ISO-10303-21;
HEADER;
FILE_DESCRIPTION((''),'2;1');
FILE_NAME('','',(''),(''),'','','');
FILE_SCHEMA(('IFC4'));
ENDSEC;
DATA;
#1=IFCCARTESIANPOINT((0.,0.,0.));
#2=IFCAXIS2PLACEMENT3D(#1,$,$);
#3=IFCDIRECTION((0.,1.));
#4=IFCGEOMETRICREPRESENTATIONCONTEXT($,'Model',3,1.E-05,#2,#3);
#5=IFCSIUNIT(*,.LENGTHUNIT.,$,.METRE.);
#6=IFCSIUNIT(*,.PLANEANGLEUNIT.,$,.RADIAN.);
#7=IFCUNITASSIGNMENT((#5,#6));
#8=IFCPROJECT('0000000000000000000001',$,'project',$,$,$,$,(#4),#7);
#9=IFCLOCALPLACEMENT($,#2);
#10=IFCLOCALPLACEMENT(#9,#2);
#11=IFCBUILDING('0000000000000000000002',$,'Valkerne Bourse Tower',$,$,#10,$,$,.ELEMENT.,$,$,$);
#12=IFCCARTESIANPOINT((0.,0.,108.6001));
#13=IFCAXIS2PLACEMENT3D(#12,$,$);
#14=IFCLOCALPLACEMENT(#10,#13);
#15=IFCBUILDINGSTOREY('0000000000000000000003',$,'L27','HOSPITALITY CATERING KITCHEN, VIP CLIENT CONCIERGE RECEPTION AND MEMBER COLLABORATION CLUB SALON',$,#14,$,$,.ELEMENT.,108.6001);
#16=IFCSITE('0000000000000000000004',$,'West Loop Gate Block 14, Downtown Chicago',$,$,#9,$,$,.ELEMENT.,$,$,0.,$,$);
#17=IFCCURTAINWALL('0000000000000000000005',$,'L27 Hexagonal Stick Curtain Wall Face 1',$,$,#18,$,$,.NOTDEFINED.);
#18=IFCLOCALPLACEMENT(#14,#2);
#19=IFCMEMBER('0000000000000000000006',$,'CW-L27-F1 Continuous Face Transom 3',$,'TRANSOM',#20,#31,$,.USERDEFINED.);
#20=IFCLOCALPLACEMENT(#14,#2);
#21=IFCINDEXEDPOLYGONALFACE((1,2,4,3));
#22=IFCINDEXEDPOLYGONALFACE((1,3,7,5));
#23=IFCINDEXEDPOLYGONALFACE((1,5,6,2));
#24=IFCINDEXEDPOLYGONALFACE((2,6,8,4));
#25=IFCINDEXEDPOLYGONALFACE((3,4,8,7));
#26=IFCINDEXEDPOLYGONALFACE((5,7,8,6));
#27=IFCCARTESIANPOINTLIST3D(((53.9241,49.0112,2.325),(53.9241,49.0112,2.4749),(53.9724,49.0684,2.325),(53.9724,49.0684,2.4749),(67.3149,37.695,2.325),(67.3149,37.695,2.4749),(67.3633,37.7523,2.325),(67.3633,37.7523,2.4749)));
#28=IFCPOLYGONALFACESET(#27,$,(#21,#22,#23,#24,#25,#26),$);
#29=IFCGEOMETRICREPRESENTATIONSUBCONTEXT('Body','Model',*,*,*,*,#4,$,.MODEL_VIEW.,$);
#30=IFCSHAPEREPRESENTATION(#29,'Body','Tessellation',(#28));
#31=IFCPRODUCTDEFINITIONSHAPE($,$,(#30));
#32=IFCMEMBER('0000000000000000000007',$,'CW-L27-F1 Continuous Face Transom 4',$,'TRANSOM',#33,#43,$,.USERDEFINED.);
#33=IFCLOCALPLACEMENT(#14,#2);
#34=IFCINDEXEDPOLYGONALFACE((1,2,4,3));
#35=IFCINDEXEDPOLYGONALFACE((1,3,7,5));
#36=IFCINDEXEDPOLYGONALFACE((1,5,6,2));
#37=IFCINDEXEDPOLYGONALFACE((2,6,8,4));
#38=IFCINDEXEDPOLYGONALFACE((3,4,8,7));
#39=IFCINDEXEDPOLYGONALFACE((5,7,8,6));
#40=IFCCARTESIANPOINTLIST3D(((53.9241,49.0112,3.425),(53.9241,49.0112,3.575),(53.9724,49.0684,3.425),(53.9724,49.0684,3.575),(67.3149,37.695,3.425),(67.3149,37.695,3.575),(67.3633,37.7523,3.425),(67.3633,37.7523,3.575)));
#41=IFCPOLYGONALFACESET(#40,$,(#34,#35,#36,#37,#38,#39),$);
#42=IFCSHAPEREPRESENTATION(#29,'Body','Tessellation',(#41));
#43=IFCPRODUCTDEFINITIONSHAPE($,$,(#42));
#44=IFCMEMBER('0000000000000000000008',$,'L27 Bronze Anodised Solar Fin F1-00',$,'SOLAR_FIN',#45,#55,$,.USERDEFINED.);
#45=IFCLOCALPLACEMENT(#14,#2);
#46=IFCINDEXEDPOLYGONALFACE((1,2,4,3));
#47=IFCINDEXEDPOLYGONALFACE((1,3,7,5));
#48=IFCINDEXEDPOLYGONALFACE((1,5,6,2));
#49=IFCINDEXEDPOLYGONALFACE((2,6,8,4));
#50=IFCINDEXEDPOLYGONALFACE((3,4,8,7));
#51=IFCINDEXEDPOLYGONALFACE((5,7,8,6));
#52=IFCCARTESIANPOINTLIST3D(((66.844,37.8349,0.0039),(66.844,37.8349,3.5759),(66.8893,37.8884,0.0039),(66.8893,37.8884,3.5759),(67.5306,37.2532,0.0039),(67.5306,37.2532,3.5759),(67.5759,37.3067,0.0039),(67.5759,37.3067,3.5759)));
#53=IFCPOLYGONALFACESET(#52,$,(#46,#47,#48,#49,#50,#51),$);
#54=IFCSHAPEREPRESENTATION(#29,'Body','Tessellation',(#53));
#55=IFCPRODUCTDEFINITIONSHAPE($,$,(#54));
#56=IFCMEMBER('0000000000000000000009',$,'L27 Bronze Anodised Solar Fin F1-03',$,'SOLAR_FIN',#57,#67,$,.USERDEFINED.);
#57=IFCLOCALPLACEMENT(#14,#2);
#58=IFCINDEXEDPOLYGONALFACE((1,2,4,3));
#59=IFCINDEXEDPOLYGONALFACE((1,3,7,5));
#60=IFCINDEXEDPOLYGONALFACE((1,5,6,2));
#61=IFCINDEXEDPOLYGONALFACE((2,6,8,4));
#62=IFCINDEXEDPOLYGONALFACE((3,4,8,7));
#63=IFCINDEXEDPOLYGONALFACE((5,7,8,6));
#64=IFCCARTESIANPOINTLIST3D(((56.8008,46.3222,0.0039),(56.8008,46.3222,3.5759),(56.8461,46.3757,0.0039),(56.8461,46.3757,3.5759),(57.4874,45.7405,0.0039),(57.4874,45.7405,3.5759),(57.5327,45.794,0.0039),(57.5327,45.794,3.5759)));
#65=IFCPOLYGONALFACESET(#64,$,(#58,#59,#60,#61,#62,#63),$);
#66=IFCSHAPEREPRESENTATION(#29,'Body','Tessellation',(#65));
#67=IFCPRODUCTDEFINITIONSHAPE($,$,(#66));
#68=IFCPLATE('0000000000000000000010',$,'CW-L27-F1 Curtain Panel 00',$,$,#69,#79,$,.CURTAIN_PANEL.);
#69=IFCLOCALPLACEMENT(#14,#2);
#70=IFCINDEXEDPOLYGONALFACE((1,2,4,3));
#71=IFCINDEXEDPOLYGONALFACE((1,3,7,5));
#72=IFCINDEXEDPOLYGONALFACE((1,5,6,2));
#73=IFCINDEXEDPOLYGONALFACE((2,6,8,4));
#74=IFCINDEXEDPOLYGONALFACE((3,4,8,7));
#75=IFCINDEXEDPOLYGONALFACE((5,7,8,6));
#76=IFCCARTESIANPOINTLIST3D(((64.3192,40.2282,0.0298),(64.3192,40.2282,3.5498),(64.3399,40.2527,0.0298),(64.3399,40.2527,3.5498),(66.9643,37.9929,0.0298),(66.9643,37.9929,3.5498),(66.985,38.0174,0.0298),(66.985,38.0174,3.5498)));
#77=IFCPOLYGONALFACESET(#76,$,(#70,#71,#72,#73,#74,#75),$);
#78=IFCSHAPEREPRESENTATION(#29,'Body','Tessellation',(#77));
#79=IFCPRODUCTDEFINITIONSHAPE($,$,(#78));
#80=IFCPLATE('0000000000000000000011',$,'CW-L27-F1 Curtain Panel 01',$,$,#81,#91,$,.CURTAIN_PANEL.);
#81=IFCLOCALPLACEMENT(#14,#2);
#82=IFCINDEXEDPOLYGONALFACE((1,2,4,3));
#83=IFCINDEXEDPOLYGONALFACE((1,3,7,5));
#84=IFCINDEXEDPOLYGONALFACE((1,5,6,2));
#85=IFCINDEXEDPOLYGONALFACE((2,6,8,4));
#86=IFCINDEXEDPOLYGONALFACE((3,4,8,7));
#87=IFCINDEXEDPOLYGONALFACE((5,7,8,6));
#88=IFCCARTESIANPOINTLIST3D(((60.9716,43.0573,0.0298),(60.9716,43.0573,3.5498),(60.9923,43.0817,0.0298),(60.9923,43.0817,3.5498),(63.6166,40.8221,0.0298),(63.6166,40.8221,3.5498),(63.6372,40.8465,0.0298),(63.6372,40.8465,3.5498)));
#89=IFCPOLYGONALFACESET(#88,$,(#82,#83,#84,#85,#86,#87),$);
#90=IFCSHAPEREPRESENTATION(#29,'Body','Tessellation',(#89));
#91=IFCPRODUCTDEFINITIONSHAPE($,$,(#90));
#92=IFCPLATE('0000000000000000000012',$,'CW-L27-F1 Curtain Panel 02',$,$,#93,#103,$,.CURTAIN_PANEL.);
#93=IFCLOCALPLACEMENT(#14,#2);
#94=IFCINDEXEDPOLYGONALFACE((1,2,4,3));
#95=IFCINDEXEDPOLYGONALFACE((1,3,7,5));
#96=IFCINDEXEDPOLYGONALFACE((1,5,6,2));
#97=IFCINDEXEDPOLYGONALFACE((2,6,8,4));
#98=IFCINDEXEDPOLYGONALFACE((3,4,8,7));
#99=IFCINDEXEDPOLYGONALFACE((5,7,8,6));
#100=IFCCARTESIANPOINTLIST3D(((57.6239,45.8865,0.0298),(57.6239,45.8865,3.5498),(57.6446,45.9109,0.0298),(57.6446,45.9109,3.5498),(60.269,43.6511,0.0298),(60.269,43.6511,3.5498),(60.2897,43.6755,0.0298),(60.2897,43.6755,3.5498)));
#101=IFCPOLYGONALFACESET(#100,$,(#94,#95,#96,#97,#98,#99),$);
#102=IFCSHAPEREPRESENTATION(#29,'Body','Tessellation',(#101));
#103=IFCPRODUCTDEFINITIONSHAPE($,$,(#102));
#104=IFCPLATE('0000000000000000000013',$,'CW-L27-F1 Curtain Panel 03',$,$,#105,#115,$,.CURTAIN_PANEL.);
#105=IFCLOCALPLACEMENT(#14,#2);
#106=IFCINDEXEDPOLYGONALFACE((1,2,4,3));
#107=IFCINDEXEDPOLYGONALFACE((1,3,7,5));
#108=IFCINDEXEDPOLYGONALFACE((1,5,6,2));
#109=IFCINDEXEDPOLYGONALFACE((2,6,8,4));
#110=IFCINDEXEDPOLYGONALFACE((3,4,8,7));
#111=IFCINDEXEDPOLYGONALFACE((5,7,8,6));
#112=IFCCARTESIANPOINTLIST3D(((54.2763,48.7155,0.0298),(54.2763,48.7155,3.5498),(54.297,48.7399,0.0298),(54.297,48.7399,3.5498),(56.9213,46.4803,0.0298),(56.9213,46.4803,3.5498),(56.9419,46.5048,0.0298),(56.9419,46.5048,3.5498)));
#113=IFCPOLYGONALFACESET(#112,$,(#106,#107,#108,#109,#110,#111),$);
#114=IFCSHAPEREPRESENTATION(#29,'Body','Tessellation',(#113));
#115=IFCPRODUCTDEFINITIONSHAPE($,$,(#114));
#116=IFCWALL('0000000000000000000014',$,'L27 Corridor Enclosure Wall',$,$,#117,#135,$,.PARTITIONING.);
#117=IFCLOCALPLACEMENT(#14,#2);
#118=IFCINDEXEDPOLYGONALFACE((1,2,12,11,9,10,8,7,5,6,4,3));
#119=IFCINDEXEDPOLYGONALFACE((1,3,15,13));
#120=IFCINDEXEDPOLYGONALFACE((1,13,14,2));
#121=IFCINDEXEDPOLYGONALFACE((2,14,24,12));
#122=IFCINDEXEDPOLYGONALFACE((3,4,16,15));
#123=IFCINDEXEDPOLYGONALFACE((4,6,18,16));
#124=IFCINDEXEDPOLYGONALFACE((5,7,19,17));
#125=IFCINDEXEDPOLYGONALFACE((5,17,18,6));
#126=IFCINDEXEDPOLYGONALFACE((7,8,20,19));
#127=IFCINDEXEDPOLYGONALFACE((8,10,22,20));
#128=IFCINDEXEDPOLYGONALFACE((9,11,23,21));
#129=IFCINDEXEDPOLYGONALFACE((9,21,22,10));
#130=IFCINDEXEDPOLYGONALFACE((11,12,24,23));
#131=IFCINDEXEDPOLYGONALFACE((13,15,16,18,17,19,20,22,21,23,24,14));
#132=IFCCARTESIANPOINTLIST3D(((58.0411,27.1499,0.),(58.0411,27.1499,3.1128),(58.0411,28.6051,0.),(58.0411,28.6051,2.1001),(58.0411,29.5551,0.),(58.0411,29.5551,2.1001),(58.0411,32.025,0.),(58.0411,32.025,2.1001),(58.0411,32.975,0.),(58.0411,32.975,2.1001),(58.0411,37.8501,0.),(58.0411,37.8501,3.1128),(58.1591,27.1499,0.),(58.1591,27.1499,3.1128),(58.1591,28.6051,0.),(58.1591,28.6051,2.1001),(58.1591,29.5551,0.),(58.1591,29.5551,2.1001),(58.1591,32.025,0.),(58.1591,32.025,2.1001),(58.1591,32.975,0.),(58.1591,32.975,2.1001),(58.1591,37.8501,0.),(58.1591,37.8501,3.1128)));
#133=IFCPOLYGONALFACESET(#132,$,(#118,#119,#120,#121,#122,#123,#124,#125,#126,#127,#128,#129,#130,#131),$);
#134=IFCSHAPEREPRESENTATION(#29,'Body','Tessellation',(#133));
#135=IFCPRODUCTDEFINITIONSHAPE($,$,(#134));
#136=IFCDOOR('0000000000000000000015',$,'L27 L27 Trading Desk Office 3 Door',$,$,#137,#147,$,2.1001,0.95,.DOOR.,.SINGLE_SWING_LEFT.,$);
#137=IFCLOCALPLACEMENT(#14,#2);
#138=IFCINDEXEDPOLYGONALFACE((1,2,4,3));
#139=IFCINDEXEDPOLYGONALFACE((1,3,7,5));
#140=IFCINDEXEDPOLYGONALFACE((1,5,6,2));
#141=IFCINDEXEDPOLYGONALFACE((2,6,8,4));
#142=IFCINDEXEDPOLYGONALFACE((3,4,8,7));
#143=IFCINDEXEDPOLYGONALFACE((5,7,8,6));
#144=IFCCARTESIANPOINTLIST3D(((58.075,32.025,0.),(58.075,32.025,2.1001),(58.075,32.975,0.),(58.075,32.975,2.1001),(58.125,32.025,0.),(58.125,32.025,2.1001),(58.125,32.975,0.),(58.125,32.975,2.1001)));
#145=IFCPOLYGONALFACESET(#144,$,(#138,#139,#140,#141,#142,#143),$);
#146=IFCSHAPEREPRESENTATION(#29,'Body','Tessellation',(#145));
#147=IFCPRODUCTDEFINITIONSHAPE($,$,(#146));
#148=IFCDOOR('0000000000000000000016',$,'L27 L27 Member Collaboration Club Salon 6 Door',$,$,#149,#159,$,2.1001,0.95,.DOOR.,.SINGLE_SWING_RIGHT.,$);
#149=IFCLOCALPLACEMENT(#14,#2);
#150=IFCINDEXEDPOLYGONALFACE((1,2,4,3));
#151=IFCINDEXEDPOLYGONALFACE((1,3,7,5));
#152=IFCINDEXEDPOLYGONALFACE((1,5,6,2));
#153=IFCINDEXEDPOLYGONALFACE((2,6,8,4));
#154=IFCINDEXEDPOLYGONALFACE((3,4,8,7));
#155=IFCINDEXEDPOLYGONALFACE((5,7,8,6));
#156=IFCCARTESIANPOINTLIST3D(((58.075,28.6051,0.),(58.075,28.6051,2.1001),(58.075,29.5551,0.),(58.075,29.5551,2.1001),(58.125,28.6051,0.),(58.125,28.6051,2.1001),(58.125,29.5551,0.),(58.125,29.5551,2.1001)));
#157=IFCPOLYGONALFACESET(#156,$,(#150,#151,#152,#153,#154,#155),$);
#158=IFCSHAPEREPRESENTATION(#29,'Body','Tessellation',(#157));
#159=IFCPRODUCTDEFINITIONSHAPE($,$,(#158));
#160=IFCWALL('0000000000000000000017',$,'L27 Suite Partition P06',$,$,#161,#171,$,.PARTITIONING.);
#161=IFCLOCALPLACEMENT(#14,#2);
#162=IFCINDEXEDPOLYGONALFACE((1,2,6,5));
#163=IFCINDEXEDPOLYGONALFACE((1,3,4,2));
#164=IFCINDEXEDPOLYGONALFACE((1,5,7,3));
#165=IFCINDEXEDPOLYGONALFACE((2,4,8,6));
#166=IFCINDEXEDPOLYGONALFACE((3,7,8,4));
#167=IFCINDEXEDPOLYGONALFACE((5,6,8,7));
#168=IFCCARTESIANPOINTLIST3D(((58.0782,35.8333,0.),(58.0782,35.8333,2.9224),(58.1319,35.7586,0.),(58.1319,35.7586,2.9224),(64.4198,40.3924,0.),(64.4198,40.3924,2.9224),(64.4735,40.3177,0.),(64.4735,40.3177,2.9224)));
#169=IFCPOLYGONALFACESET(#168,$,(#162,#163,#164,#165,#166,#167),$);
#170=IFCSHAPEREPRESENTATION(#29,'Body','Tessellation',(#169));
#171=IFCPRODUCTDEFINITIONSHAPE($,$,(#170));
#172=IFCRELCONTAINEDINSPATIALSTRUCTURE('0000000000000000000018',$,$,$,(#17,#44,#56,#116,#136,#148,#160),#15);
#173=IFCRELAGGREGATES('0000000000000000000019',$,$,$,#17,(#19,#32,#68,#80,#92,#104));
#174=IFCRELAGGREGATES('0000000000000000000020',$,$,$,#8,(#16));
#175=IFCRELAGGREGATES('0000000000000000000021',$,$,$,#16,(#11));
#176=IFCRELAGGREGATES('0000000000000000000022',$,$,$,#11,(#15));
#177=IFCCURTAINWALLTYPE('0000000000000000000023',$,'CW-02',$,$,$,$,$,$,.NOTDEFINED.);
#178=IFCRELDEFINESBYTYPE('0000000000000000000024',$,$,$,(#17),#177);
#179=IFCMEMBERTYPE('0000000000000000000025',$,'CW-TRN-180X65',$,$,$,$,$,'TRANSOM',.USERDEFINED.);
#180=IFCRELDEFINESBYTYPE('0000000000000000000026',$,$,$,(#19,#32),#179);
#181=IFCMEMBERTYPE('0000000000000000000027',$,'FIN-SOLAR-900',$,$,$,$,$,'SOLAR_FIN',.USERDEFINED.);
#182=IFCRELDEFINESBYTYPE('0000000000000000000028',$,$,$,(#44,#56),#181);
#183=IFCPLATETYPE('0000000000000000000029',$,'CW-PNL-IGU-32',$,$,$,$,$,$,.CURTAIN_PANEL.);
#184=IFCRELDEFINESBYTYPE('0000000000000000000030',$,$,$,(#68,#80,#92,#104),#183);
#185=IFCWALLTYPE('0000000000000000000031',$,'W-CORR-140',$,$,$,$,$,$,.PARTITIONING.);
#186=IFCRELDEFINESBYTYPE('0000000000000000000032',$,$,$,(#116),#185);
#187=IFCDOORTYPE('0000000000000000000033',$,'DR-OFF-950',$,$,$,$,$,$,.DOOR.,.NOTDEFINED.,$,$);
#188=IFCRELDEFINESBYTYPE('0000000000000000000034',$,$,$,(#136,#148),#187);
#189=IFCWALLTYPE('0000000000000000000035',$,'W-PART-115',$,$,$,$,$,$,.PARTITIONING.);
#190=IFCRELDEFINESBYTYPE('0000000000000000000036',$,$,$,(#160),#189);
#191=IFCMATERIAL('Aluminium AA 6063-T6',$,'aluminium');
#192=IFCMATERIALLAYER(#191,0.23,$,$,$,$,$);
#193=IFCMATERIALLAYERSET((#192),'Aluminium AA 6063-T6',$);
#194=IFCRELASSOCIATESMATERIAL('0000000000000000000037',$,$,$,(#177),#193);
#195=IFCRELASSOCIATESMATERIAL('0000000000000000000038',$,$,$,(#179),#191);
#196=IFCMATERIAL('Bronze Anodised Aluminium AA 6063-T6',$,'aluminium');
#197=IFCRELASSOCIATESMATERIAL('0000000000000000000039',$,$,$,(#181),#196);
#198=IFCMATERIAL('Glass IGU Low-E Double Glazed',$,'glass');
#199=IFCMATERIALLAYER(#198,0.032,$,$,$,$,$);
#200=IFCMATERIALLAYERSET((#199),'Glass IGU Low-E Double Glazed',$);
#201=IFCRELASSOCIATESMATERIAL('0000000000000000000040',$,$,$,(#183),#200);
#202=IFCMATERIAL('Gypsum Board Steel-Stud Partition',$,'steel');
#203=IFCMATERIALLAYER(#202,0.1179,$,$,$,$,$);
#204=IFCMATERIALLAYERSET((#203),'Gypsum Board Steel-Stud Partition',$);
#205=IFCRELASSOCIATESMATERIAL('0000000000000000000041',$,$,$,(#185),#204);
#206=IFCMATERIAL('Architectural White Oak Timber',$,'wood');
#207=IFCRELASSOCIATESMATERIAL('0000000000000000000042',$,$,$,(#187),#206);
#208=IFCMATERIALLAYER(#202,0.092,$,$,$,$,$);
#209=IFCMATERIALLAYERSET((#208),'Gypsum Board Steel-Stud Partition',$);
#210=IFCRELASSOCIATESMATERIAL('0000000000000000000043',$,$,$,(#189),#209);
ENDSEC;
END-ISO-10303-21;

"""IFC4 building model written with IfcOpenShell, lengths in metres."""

from ifc_helpers import new_model, si_unit, direction, frame, frame_2d, origin, origin_2d, place, context, subcontext, project, spatial, rectangle, extrude, material, layer, layer_set, material_profile, profile_set, type_object, element, fill, aggregate, save


model = new_model("IFC4")

# Units and contexts
model_context = context("Model", 3, precision=1e-05, world=origin(), true_north=direction((0.0, 1.0)))
body_context = subcontext(model_context, "Body", "Model", "MODEL_VIEW")
ifc_project = project(units=[si_unit("LENGTHUNIT", "METRE"), si_unit("PLANEANGLEUNIT", "RADIAN")], contexts=[model_context])

# Site, building, storey
site_placement = place(None, origin())
site = spatial("IfcSite", under=ifc_project, at=site_placement, Name="West Loop Gate Block 14, Downtown Chicago", CompositionType="ELEMENT", RefElevation=0.0)
building_placement = place(site_placement, origin())
building = spatial("IfcBuilding", under=site, at=building_placement, Name="Valkerne Bourse Tower", CompositionType="ELEMENT")
storey_placement = place(building_placement, frame((0.0, 0.0, 108.6001)))
storey = spatial("IfcBuildingStorey", under=building, at=storey_placement, Name="L27", Description="HOSPITALITY CATERING KITCHEN, VIP CLIENT CONCIERGE RECEPTION AND MEMBER COLLABORATION CLUB SALON", CompositionType="ELEMENT", Elevation=108.6001)

# Curtain wall, members
ifc_material_1 = material(Name="Aluminium AA 6063-T6", Category="aluminium")
ifc_layer_1 = layer(ifc_material_1, 0.23)
ifc_layer_set_1 = layer_set([ifc_layer_1], Name="Aluminium AA 6063-T6")
curtain_wall_type = type_object("IfcCurtainWallType", Name="CW-02", PredefinedType="NOTDEFINED", material=ifc_layer_set_1)
curtain_wall_placement = place(storey_placement, origin())
curtain_wall = element("IfcCurtainWall", 1, at=curtain_wall_placement, inside=storey, type_object=curtain_wall_type, Name="L27 Hexagonal Stick Curtain Wall Face 1", PredefinedType="NOTDEFINED")
ifc_material_profile_1 = material_profile(ifc_material_1, rectangle(XDim=0.075, YDim=0.1499, at=origin_2d()), Name="CWT-75X150")
ifc_profile_set_1 = profile_set([ifc_material_profile_1], Name="Aluminium AA 6063-T6")
member_type_1 = type_object("IfcMemberType", Name="CW-TRN-180X65", ElementType="TRANSOM", PredefinedType="USERDEFINED", material=ifc_profile_set_1)
member_1_placement = place(storey_placement, frame((67.3391, 37.7236, 2.3999), z_axis=(-0.763796, 0.645458, 0.0), x_axis=(-0.645458, -0.763796, 0.0)))
member_1 = element("IfcMember", 2, at=member_1_placement, type_object=member_type_1, Name="CW-L27-F1 Continuous Face Transom 3", ObjectType="TRANSOM", PredefinedType="USERDEFINED", context=body_context, shape_type="SweptSolid", body=[
    extrude(rectangle(XDim=0.075, YDim=0.1499, at=origin_2d()), origin(), (0.0, 0.0, 1.0), 17.532),
])
member_2_placement = place(storey_placement, frame((67.3391, 37.7236, 3.5), z_axis=(-0.763796, 0.645458, 0.0), x_axis=(-0.645458, -0.763796, 0.0)))
member_2 = element("IfcMember", 3, at=member_2_placement, type_object=member_type_1, Name="CW-L27-F1 Continuous Face Transom 4", ObjectType="TRANSOM", PredefinedType="USERDEFINED", context=body_context, shape_type="SweptSolid", body=[
    extrude(rectangle(XDim=0.075, YDim=0.1499, at=origin_2d()), origin(), (0.0, 0.0, 1.0), 17.532),
])

# Members
ifc_material_2 = material(Name="Bronze Anodised Aluminium AA 6063-T6", Category="aluminium")
ifc_material_profile_2 = material_profile(ifc_material_2, rectangle(XDim=0.0701, YDim=0.8999, at=origin_2d()), Name="FIN-70X900")
ifc_profile_set_2 = profile_set([ifc_material_profile_2], Name="Bronze Anodised Aluminium AA 6063-T6")
member_type_2 = type_object("IfcMemberType", Name="FIN-SOLAR-900", ElementType="SOLAR_FIN", PredefinedType="USERDEFINED", material=ifc_profile_set_2)
for number, where, z_axis, x_axis, name in (
    (4, (67.21, 37.5708, 0.0039), (0.0, 0.0, 1.0), (0.646433, 0.76297, 0.0), "L27 Bronze Anodised Solar Fin F1-00"),
    (5, (57.1667, 46.0581, 0.0039), (0.0, 0.0, 1.0), (0.646432, 0.762972, 0.0), "L27 Bronze Anodised Solar Fin F1-03"),
):
    element("IfcMember", number, at=place(storey_placement, frame(where, z_axis=z_axis, x_axis=x_axis)), inside=storey, type_object=member_type_2, Name=name, ObjectType="SOLAR_FIN", PredefinedType="USERDEFINED", context=body_context, shape_type="SweptSolid", body=[
        extrude(rectangle(XDim=0.0701, YDim=0.8999, at=origin_2d()), origin(), (0.0, 0.0, 1.0), 3.572),
    ])

# Plates
ifc_material_3 = material(Name="Glass IGU Low-E Double Glazed", Category="glass")
ifc_layer_2 = layer(ifc_material_3, 0.032)
ifc_layer_set_2 = layer_set([ifc_layer_2], Name="Glass IGU Low-E Double Glazed")
plate_type = type_object("IfcPlateType", Name="CW-PNL-IGU-32", PredefinedType="CURTAIN_PANEL", material=ifc_layer_set_2)
plate_1_placement = place(storey_placement, frame((65.6521, 39.1228, 0.0298), z_axis=(0.0, 0.0, 1.0), x_axis=(-0.763797, 0.645456, 0.0)))
plate_1 = element("IfcPlate", 6, at=plate_1_placement, type_object=plate_type, Name="CW-L27-F1 Curtain Panel 00", PredefinedType="CURTAIN_PANEL", context=body_context, shape_type="SweptSolid", body=[
    extrude(rectangle(XDim=3.4631, YDim=0.032, at=origin_2d()), origin(), (0.0, 0.0, 1.0), 3.52),
])
plate_2_placement = place(storey_placement, frame((62.3044, 41.9519, 0.0298), z_axis=(0.0, 0.0, 1.0), x_axis=(-0.763799, 0.645454, 0.0)))
plate_2 = element("IfcPlate", 7, at=plate_2_placement, type_object=plate_type, Name="CW-L27-F1 Curtain Panel 01", PredefinedType="CURTAIN_PANEL", context=body_context, shape_type="SweptSolid", body=[
    extrude(rectangle(XDim=3.4629, YDim=0.032, at=origin_2d()), origin(), (0.0, 0.0, 1.0), 3.52),
])
plate_3_placement = place(storey_placement, frame((58.9568, 44.781, 0.0298), z_axis=(0.0, 0.0, 1.0), x_axis=(-0.763788, 0.645468, 0.0)))
plate_3 = element("IfcPlate", 8, at=plate_3_placement, type_object=plate_type, Name="CW-L27-F1 Curtain Panel 02", PredefinedType="CURTAIN_PANEL", context=body_context, shape_type="SweptSolid", body=[
    extrude(rectangle(XDim=3.4631, YDim=0.032, at=origin_2d()), origin(), (0.0, 0.0, 1.0), 3.52),
])
plate_4_placement = place(storey_placement, frame((55.6091, 47.6101, 0.0298), z_axis=(0.0, 0.0, 1.0), x_axis=(-0.763799, 0.645454, 0.0)))
plate_4 = element("IfcPlate", 9, at=plate_4_placement, type_object=plate_type, Name="CW-L27-F1 Curtain Panel 03", PredefinedType="CURTAIN_PANEL", context=body_context, shape_type="SweptSolid", body=[
    extrude(rectangle(XDim=3.4629, YDim=0.032, at=origin_2d()), origin(), (0.0, 0.0, 1.0), 3.52),
])
aggregate(curtain_wall, [member_1, member_2, plate_1, plate_2, plate_3, plate_4])

# Wall, openings, doors
ifc_material_4 = material(Name="Gypsum Board Steel-Stud Partition", Category="steel")
ifc_layer_3 = layer(ifc_material_4, 0.1179)
ifc_layer_set_3 = layer_set([ifc_layer_3], Name="Gypsum Board Steel-Stud Partition")
wall_type_1 = type_object("IfcWallType", Name="W-CORR-140", PredefinedType="PARTITIONING", material=ifc_layer_set_3)
wall_1_placement = place(storey_placement, frame((58.1001, 37.8501, 0.0), z_axis=(0.0, 0.0, 1.0), x_axis=(0.0, -1.0, 0.0)))
wall_1 = element("IfcWall", 10, at=wall_1_placement, inside=storey, type_object=wall_type_1, Name="L27 Corridor Enclosure Wall", PredefinedType="PARTITIONING", context=body_context, shape_type="SweptSolid", body=[
    extrude(rectangle(XDim=10.7002, YDim=0.1179, at=frame_2d((5.3501, 0.0))), origin(), (0.0, 0.0, 1.0), 3.1128),
])
opening_1_placement = place(wall_1_placement, frame((4.875, 0.0, 0.0)))
opening_1 = element("IfcOpeningElement", 11, at=opening_1_placement, cuts=wall_1, PredefinedType="OPENING", context=body_context, shape_type="SweptSolid", body=[
    extrude(rectangle(XDim=0.95, YDim=2.1001, at=frame_2d((0.4751, 1.05))), frame((0.0, 0.0688, 0.0), z_axis=(0.0, -1.0, 0.0), x_axis=(1.0, 0.0, 0.0)), (0.0, 0.0, 1.0), 0.1379),
])
opening_2_placement = place(wall_1_placement, frame((8.2949, 0.0, 0.0)))
opening_2 = element("IfcOpeningElement", 12, at=opening_2_placement, cuts=wall_1, PredefinedType="OPENING", context=body_context, shape_type="SweptSolid", body=[
    extrude(rectangle(XDim=0.95, YDim=2.1001, at=frame_2d((0.4751, 1.05))), frame((0.0, 0.0688, 0.0), z_axis=(0.0, -1.0, 0.0), x_axis=(1.0, 0.0, 0.0)), (0.0, 0.0, 1.0), 0.1379),
])
ifc_material_5 = material(Name="Architectural White Oak Timber", Category="wood")
door_type = type_object("IfcDoorType", Name="DR-OFF-950", OperationType="NOTDEFINED", PredefinedType="DOOR", material=ifc_material_5)
door_1_placement = place(opening_1_placement, origin())
door_1 = element("IfcDoor", 13, at=door_1_placement, inside=storey, type_object=door_type, Name="L27 L27 Trading Desk Office 3 Door", OperationType="SINGLE_SWING_LEFT", OverallHeight=2.1001, OverallWidth=0.95, PredefinedType="DOOR", context=body_context, shape_type="SweptSolid", body=[
    extrude(rectangle(XDim=0.95, YDim=2.1001, at=frame_2d((0.4751, 1.05))), frame((0.0, 0.0249, 0.0), z_axis=(0.0, -1.0, 0.0), x_axis=(1.0, 0.0, 0.0)), (0.0, 0.0, 1.0), 0.05),
])
fill(opening_1, door_1)
door_2_placement = place(opening_2_placement, origin())
door_2 = element("IfcDoor", 14, at=door_2_placement, inside=storey, type_object=door_type, Name="L27 L27 Member Collaboration Club Salon 6 Door", OperationType="SINGLE_SWING_RIGHT", OverallHeight=2.1001, OverallWidth=0.95, PredefinedType="DOOR", context=body_context, shape_type="SweptSolid", body=[
    extrude(rectangle(XDim=0.95, YDim=2.1001, at=frame_2d((0.4751, 1.05))), frame((0.0, 0.0249, 0.0), z_axis=(0.0, -1.0, 0.0), x_axis=(1.0, 0.0, 0.0)), (0.0, 0.0, 1.0), 0.05),
])
fill(opening_2, door_2)

# Wall
ifc_layer_4 = layer(ifc_material_4, 0.092)
ifc_layer_set_4 = layer_set([ifc_layer_4], Name="Gypsum Board Steel-Stud Partition")
wall_type_2 = type_object("IfcWallType", Name="W-PART-115", PredefinedType="PARTITIONING", material=ifc_layer_set_4)
wall_2_placement = place(storey_placement, frame((58.105, 35.7959, 0.0), z_axis=(0.0, 0.0, 1.0), x_axis=(0.811949, 0.583728, 0.0)))
element("IfcWall", 15, at=wall_2_placement, inside=storey, type_object=wall_type_2, Name="L27 Suite Partition P06", PredefinedType="PARTITIONING", context=body_context, shape_type="SweptSolid", body=[
    extrude(rectangle(XDim=7.8103, YDim=0.092, at=frame_2d((3.9053, 0.0))), origin(), (0.0, 0.0, 1.0), 2.9224),
])

save(model, "model.ifc")
